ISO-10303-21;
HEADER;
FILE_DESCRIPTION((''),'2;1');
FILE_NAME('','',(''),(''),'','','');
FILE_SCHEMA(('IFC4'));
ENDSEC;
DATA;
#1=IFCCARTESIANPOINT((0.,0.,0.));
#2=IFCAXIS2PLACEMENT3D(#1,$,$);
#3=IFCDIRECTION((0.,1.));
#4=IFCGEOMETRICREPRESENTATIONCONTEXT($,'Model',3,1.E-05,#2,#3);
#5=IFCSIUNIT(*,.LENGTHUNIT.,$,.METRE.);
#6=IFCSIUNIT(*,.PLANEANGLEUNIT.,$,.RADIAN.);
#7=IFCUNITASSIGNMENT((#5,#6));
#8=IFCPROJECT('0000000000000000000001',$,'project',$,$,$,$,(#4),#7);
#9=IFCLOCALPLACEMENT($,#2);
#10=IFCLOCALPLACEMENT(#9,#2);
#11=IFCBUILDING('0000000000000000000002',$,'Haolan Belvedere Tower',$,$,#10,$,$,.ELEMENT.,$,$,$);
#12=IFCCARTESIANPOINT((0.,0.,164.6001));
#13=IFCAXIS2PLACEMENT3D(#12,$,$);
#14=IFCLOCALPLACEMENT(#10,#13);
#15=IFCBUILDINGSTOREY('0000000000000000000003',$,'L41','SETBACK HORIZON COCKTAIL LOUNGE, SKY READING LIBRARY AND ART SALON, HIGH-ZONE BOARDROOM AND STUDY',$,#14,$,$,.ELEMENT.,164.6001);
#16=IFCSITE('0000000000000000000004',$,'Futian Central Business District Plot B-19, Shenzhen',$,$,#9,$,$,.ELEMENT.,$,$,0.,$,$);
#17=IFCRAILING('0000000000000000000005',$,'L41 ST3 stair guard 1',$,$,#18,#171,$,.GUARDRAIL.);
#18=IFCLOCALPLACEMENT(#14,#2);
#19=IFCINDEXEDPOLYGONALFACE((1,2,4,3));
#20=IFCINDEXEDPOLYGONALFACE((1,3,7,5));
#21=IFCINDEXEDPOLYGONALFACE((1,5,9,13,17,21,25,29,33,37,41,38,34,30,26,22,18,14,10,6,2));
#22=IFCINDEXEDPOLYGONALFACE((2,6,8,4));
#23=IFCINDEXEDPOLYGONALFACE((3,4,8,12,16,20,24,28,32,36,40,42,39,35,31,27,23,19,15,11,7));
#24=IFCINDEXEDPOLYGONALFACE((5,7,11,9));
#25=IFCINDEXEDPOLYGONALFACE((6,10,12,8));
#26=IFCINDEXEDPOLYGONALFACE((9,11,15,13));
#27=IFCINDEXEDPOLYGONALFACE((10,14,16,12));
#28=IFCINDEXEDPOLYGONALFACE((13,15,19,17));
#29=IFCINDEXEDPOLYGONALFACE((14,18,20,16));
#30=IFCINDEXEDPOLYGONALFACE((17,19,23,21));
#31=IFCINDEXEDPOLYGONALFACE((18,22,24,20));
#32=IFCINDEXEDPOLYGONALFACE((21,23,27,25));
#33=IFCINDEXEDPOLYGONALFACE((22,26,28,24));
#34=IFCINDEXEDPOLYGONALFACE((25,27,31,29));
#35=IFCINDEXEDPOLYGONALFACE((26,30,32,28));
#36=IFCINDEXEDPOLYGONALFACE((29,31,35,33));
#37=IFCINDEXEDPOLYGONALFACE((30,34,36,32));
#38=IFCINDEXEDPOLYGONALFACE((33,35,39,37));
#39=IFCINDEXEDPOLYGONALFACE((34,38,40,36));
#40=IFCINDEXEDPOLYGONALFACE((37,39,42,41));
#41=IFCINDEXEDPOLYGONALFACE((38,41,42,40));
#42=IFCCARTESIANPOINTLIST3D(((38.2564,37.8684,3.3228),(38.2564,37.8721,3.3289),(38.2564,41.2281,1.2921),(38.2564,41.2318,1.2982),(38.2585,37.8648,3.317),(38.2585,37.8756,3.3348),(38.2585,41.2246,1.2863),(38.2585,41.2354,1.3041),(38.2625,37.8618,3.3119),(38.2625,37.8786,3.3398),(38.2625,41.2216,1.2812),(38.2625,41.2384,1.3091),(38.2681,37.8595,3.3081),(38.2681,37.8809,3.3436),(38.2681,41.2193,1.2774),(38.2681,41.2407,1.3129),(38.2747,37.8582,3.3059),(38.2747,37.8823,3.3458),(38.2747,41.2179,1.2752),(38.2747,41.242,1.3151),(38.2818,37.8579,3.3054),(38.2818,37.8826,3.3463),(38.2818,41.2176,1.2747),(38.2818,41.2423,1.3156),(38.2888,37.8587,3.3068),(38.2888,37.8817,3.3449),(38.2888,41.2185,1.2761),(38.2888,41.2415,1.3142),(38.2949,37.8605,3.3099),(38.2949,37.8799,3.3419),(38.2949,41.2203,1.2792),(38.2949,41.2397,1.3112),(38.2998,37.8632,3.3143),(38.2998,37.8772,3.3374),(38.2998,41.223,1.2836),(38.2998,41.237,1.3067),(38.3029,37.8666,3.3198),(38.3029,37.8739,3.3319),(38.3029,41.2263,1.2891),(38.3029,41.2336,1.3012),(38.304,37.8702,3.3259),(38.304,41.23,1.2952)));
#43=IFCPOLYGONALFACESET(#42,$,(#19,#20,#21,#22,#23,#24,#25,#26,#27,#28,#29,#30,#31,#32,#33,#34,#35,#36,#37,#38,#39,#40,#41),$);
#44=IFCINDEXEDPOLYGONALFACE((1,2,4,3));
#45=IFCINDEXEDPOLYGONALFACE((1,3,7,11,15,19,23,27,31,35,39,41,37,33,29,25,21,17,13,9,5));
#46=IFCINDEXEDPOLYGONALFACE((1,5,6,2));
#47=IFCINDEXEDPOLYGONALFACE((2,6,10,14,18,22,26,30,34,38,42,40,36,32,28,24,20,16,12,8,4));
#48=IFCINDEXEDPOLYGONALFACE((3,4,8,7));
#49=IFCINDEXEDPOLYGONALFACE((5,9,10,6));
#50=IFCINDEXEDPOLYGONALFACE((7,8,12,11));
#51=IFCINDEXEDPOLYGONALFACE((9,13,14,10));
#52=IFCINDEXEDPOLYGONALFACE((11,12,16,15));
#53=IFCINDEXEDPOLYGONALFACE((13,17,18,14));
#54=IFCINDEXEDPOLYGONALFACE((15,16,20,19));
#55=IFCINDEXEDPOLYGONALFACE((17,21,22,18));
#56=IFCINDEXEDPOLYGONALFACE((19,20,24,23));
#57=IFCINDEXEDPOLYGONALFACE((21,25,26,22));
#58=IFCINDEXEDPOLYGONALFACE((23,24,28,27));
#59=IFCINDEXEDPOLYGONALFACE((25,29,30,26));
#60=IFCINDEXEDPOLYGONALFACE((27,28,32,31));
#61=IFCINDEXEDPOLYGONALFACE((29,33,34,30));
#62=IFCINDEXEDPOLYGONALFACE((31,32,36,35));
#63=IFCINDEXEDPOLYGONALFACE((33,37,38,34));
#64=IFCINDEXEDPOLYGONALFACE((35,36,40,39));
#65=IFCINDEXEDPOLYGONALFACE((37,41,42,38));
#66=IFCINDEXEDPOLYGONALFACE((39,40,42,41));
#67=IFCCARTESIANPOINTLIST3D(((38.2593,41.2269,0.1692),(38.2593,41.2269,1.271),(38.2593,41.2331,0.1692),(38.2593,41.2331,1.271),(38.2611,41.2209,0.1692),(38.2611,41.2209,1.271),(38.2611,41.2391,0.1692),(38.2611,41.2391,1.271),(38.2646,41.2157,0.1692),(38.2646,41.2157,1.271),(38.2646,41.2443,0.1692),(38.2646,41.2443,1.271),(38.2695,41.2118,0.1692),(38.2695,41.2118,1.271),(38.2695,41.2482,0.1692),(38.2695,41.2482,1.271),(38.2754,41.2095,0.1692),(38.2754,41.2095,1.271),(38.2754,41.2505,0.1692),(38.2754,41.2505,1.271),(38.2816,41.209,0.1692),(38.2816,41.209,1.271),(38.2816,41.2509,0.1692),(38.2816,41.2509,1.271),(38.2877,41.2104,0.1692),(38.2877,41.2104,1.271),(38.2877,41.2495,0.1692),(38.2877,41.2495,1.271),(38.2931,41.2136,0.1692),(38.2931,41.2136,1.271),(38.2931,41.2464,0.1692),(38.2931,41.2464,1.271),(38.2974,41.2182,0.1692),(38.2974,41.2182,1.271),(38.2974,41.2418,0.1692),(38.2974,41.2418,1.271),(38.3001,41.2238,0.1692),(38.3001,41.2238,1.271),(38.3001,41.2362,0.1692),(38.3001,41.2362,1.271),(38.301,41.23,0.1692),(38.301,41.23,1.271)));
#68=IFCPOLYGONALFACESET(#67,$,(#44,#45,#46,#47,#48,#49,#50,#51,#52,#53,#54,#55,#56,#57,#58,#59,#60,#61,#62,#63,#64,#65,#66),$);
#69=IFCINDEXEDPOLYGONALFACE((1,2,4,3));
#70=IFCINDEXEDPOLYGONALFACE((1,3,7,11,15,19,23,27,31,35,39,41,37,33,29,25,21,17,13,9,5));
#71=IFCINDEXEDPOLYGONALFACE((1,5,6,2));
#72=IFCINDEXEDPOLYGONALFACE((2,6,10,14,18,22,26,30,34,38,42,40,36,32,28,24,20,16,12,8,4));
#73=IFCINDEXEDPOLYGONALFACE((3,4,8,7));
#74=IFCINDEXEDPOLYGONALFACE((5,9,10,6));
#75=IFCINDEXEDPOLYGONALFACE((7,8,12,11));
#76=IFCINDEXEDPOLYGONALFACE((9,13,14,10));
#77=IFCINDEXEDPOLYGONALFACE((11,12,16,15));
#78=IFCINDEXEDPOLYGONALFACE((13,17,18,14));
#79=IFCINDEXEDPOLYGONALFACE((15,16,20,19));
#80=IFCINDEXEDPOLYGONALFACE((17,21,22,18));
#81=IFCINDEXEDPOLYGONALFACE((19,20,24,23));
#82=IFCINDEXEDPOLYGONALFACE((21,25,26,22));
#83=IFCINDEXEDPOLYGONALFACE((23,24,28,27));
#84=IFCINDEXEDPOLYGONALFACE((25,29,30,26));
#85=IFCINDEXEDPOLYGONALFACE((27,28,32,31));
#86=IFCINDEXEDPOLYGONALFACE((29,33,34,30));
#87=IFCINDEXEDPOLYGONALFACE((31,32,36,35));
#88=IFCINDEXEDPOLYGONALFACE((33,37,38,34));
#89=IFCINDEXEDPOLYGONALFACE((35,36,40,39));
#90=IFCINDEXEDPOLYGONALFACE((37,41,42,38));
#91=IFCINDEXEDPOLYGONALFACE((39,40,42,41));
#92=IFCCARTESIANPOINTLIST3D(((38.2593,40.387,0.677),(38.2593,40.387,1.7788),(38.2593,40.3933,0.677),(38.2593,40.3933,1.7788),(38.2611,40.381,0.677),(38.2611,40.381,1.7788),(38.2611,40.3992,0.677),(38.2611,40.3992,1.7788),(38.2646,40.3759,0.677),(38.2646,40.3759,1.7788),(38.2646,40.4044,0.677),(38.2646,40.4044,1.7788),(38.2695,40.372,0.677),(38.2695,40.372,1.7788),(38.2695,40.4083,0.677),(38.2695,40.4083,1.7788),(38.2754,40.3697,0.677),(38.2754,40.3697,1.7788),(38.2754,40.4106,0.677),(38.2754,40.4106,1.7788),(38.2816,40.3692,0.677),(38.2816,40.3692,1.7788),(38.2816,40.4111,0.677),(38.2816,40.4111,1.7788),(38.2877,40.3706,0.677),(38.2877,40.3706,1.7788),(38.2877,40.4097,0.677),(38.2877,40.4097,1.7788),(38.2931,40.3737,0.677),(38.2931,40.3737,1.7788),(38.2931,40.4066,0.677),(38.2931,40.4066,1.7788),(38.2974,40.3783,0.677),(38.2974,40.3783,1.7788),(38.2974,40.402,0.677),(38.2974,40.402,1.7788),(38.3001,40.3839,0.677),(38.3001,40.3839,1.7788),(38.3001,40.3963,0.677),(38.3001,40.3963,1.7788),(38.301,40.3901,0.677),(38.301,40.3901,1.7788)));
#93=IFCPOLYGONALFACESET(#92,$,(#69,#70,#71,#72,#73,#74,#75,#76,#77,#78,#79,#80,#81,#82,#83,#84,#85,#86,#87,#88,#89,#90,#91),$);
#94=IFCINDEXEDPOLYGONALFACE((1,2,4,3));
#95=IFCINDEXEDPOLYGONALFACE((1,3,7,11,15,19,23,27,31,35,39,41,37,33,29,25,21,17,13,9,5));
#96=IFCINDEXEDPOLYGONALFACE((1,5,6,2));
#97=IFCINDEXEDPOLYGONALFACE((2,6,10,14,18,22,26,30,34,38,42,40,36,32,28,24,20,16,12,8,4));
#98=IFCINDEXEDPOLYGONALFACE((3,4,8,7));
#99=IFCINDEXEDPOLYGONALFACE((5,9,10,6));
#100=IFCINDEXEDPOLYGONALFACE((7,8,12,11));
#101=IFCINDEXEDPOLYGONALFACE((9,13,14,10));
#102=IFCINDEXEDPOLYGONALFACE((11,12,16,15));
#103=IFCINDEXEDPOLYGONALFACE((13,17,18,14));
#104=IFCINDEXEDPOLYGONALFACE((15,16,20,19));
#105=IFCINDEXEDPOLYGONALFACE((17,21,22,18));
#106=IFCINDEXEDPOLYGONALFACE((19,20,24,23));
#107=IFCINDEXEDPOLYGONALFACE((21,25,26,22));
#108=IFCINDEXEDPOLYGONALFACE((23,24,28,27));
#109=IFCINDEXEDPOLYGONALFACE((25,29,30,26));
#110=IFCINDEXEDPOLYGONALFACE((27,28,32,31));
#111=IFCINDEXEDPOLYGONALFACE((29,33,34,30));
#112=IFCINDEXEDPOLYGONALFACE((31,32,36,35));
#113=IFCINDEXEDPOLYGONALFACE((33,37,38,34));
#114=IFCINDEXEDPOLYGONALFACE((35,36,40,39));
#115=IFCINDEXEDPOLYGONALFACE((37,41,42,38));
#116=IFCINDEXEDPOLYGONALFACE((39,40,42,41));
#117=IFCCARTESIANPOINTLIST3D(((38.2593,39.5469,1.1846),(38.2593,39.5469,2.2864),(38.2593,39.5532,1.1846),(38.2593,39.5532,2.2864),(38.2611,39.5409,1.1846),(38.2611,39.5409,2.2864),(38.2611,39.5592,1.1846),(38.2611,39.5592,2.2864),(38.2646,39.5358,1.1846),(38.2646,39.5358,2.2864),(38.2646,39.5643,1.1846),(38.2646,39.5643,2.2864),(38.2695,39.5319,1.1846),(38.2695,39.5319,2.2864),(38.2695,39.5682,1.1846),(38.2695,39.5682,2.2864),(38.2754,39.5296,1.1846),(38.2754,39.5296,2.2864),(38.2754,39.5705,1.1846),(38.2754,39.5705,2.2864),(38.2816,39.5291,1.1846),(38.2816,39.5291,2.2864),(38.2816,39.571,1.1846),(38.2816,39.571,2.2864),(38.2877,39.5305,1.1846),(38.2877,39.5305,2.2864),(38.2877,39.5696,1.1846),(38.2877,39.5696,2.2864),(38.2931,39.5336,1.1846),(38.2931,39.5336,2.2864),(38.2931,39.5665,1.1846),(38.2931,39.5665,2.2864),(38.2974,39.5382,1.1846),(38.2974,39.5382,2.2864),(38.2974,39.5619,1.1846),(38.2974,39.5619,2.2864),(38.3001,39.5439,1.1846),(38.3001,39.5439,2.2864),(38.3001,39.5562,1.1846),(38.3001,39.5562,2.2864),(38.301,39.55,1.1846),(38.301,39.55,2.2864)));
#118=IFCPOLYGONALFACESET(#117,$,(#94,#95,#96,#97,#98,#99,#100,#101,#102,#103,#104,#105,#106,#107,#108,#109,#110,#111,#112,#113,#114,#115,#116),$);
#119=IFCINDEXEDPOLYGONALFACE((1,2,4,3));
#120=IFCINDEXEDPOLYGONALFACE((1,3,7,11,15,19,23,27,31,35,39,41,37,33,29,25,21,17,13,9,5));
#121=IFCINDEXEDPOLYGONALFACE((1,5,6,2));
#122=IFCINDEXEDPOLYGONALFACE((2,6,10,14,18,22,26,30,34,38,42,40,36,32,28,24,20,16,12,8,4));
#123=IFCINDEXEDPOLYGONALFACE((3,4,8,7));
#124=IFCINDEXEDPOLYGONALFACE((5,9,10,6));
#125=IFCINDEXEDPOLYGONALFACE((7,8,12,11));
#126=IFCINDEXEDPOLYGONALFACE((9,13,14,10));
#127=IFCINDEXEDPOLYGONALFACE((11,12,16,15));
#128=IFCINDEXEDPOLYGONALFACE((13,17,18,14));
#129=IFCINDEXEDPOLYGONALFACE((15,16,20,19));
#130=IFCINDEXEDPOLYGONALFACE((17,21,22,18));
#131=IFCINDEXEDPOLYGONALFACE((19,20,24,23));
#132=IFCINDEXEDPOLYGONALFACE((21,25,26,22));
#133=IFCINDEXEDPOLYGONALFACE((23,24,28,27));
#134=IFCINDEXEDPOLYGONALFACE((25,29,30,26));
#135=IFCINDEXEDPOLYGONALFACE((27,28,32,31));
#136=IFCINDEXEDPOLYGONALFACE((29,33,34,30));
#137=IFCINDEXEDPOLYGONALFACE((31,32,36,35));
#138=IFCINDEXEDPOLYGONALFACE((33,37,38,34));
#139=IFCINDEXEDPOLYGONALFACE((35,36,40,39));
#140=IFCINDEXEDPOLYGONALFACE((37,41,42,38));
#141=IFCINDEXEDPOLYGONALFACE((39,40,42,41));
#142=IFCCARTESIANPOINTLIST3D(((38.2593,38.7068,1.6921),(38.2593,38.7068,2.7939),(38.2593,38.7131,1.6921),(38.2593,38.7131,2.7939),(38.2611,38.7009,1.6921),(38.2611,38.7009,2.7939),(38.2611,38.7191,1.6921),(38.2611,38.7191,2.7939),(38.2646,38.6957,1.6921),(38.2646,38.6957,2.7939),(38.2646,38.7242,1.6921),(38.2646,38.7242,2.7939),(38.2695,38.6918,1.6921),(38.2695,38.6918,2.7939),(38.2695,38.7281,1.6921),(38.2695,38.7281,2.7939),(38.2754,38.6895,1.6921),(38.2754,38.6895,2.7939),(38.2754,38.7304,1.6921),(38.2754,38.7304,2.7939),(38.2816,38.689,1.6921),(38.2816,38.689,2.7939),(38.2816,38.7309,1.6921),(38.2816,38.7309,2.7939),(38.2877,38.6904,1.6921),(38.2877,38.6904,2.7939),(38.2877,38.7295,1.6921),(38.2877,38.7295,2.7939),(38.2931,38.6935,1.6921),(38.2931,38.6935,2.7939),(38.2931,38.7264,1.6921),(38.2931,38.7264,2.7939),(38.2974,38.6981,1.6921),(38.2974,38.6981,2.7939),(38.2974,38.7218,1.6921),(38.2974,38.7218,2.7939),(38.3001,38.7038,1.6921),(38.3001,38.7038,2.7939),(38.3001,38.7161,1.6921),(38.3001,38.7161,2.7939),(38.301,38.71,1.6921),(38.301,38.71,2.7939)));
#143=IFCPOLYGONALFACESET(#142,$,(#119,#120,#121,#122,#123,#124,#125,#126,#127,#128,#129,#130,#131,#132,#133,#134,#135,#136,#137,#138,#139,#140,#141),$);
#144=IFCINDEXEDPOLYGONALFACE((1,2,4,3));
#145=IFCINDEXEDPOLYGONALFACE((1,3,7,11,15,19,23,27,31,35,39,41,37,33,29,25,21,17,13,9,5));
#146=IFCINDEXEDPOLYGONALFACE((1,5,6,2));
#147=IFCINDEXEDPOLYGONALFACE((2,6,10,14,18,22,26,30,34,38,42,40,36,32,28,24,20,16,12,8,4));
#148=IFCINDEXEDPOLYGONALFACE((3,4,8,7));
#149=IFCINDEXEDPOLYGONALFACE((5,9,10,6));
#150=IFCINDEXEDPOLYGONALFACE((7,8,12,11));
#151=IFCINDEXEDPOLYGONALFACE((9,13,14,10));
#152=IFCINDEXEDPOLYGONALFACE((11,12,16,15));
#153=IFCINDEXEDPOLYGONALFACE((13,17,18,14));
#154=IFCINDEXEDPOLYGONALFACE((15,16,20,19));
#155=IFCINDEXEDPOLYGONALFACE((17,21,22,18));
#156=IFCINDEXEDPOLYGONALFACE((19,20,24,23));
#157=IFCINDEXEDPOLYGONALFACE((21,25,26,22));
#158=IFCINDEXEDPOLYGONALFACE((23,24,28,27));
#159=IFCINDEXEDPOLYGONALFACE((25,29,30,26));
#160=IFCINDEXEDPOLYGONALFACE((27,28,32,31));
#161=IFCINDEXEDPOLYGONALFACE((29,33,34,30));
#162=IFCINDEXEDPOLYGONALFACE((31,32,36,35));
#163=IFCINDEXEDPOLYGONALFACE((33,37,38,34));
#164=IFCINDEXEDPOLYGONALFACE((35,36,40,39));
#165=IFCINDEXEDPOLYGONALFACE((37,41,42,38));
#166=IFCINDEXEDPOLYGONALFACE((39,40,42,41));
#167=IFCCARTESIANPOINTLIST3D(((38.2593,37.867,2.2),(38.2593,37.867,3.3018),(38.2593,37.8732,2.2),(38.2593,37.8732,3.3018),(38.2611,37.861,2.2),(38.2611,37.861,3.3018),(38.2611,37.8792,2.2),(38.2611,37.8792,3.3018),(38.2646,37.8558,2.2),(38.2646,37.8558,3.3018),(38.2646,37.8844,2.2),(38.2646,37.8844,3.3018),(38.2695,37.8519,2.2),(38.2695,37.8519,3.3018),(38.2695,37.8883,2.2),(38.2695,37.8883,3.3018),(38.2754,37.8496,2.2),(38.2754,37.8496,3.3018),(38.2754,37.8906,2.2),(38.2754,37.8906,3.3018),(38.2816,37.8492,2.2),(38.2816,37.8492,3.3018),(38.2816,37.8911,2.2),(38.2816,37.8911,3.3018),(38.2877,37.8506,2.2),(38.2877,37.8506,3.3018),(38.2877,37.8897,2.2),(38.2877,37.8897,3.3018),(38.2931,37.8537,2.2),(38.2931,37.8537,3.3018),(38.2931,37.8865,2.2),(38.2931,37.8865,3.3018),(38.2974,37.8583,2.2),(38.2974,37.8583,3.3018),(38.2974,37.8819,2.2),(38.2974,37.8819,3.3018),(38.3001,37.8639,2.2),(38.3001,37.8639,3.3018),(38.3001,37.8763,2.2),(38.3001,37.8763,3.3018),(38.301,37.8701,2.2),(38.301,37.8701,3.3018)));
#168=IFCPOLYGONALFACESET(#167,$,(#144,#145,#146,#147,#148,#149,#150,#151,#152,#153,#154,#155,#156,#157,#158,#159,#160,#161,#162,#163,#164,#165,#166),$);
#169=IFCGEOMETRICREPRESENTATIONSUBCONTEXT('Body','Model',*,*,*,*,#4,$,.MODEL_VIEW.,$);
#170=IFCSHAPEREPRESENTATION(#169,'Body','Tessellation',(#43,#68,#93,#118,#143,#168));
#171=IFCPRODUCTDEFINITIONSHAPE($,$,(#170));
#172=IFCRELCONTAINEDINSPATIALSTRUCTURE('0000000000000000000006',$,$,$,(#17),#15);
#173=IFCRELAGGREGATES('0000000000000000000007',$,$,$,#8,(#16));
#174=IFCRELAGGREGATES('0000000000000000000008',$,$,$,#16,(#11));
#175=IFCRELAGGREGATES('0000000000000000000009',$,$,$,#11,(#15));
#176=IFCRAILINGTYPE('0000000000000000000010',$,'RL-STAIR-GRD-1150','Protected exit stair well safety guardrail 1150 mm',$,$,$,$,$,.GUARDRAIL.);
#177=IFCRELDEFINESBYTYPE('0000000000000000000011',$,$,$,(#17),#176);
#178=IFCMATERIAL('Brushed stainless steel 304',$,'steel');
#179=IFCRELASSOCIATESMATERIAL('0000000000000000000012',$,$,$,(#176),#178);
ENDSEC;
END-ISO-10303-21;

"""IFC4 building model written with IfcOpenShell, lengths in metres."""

from ifc_helpers import new_model, si_unit, direction, frame, origin, origin_2d, place, context, subcontext, project, spatial, circle, extrude, material, type_object, element, save


model = new_model("IFC4")

# Units and contexts
model_context = context("Model", 3, precision=1e-05, world=origin(), true_north=direction((0.0, 1.0)))
body_context = subcontext(model_context, "Body", "Model", "MODEL_VIEW")
ifc_project = project(units=[si_unit("LENGTHUNIT", "METRE"), si_unit("PLANEANGLEUNIT", "RADIAN")], contexts=[model_context])

# Site, building, storey
site_placement = place(None, origin())
site = spatial("IfcSite", under=ifc_project, at=site_placement, Name="Futian Central Business District Plot B-19, Shenzhen", CompositionType="ELEMENT", RefElevation=0.0)
building_placement = place(site_placement, origin())
building = spatial("IfcBuilding", under=site, at=building_placement, Name="Haolan Belvedere Tower", CompositionType="ELEMENT")
storey_placement = place(building_placement, frame((0.0, 0.0, 164.6001)))
storey = spatial("IfcBuildingStorey", under=building, at=storey_placement, Name="L41", Description="SETBACK HORIZON COCKTAIL LOUNGE, SKY READING LIBRARY AND ART SALON, HIGH-ZONE BOARDROOM AND STUDY", CompositionType="ELEMENT", Elevation=164.6001)

# Railing
ifc_material_1 = material(Name="Brushed stainless steel 304", Category="steel")
railing_type_1 = type_object("IfcRailingType", Name="RL-STAIR-GRD-1150", Description="Protected exit stair well safety guardrail 1150 mm", PredefinedType="GUARDRAIL", material=ifc_material_1)
railing_1_placement = place(storey_placement, frame((38.28, 41.23, 0.1692)))
element("IfcRailing", 1, at=railing_1_placement, inside=storey, type_object=railing_type_1, Name="L41 ST3 stair guard 1", PredefinedType="GUARDRAIL", context=body_context, shape_type="SweptSolid", body=[
    extrude(circle(Radius=0.0239, at=origin_2d()), frame((0.0, 0.0, 1.126), z_axis=(0.0, -0.85582, 0.517273), x_axis=(1.0, 0.0, 0.0)), (0.0, 0.0, 1.0), 3.9258),
    extrude(circle(Radius=0.021, at=origin_2d()), origin(), (0.0, 0.0, 1.0), 1.1018),
    extrude(circle(Radius=0.021, at=origin_2d()), frame((0.0, -0.8398, 0.5078)), (0.0, 0.0, 1.0), 1.1018),
    extrude(circle(Radius=0.021, at=origin_2d()), frame((0.0, -1.6799, 1.0154)), (0.0, 0.0, 1.0), 1.1018),
    extrude(circle(Radius=0.021, at=origin_2d()), frame((0.0, -2.52, 1.5229)), (0.0, 0.0, 1.0), 1.1018),
    extrude(circle(Radius=0.021, at=origin_2d()), frame((0.0, -3.3599, 2.0308)), (0.0, 0.0, 1.0), 1.1018),
])

save(model, "model.ifc")
